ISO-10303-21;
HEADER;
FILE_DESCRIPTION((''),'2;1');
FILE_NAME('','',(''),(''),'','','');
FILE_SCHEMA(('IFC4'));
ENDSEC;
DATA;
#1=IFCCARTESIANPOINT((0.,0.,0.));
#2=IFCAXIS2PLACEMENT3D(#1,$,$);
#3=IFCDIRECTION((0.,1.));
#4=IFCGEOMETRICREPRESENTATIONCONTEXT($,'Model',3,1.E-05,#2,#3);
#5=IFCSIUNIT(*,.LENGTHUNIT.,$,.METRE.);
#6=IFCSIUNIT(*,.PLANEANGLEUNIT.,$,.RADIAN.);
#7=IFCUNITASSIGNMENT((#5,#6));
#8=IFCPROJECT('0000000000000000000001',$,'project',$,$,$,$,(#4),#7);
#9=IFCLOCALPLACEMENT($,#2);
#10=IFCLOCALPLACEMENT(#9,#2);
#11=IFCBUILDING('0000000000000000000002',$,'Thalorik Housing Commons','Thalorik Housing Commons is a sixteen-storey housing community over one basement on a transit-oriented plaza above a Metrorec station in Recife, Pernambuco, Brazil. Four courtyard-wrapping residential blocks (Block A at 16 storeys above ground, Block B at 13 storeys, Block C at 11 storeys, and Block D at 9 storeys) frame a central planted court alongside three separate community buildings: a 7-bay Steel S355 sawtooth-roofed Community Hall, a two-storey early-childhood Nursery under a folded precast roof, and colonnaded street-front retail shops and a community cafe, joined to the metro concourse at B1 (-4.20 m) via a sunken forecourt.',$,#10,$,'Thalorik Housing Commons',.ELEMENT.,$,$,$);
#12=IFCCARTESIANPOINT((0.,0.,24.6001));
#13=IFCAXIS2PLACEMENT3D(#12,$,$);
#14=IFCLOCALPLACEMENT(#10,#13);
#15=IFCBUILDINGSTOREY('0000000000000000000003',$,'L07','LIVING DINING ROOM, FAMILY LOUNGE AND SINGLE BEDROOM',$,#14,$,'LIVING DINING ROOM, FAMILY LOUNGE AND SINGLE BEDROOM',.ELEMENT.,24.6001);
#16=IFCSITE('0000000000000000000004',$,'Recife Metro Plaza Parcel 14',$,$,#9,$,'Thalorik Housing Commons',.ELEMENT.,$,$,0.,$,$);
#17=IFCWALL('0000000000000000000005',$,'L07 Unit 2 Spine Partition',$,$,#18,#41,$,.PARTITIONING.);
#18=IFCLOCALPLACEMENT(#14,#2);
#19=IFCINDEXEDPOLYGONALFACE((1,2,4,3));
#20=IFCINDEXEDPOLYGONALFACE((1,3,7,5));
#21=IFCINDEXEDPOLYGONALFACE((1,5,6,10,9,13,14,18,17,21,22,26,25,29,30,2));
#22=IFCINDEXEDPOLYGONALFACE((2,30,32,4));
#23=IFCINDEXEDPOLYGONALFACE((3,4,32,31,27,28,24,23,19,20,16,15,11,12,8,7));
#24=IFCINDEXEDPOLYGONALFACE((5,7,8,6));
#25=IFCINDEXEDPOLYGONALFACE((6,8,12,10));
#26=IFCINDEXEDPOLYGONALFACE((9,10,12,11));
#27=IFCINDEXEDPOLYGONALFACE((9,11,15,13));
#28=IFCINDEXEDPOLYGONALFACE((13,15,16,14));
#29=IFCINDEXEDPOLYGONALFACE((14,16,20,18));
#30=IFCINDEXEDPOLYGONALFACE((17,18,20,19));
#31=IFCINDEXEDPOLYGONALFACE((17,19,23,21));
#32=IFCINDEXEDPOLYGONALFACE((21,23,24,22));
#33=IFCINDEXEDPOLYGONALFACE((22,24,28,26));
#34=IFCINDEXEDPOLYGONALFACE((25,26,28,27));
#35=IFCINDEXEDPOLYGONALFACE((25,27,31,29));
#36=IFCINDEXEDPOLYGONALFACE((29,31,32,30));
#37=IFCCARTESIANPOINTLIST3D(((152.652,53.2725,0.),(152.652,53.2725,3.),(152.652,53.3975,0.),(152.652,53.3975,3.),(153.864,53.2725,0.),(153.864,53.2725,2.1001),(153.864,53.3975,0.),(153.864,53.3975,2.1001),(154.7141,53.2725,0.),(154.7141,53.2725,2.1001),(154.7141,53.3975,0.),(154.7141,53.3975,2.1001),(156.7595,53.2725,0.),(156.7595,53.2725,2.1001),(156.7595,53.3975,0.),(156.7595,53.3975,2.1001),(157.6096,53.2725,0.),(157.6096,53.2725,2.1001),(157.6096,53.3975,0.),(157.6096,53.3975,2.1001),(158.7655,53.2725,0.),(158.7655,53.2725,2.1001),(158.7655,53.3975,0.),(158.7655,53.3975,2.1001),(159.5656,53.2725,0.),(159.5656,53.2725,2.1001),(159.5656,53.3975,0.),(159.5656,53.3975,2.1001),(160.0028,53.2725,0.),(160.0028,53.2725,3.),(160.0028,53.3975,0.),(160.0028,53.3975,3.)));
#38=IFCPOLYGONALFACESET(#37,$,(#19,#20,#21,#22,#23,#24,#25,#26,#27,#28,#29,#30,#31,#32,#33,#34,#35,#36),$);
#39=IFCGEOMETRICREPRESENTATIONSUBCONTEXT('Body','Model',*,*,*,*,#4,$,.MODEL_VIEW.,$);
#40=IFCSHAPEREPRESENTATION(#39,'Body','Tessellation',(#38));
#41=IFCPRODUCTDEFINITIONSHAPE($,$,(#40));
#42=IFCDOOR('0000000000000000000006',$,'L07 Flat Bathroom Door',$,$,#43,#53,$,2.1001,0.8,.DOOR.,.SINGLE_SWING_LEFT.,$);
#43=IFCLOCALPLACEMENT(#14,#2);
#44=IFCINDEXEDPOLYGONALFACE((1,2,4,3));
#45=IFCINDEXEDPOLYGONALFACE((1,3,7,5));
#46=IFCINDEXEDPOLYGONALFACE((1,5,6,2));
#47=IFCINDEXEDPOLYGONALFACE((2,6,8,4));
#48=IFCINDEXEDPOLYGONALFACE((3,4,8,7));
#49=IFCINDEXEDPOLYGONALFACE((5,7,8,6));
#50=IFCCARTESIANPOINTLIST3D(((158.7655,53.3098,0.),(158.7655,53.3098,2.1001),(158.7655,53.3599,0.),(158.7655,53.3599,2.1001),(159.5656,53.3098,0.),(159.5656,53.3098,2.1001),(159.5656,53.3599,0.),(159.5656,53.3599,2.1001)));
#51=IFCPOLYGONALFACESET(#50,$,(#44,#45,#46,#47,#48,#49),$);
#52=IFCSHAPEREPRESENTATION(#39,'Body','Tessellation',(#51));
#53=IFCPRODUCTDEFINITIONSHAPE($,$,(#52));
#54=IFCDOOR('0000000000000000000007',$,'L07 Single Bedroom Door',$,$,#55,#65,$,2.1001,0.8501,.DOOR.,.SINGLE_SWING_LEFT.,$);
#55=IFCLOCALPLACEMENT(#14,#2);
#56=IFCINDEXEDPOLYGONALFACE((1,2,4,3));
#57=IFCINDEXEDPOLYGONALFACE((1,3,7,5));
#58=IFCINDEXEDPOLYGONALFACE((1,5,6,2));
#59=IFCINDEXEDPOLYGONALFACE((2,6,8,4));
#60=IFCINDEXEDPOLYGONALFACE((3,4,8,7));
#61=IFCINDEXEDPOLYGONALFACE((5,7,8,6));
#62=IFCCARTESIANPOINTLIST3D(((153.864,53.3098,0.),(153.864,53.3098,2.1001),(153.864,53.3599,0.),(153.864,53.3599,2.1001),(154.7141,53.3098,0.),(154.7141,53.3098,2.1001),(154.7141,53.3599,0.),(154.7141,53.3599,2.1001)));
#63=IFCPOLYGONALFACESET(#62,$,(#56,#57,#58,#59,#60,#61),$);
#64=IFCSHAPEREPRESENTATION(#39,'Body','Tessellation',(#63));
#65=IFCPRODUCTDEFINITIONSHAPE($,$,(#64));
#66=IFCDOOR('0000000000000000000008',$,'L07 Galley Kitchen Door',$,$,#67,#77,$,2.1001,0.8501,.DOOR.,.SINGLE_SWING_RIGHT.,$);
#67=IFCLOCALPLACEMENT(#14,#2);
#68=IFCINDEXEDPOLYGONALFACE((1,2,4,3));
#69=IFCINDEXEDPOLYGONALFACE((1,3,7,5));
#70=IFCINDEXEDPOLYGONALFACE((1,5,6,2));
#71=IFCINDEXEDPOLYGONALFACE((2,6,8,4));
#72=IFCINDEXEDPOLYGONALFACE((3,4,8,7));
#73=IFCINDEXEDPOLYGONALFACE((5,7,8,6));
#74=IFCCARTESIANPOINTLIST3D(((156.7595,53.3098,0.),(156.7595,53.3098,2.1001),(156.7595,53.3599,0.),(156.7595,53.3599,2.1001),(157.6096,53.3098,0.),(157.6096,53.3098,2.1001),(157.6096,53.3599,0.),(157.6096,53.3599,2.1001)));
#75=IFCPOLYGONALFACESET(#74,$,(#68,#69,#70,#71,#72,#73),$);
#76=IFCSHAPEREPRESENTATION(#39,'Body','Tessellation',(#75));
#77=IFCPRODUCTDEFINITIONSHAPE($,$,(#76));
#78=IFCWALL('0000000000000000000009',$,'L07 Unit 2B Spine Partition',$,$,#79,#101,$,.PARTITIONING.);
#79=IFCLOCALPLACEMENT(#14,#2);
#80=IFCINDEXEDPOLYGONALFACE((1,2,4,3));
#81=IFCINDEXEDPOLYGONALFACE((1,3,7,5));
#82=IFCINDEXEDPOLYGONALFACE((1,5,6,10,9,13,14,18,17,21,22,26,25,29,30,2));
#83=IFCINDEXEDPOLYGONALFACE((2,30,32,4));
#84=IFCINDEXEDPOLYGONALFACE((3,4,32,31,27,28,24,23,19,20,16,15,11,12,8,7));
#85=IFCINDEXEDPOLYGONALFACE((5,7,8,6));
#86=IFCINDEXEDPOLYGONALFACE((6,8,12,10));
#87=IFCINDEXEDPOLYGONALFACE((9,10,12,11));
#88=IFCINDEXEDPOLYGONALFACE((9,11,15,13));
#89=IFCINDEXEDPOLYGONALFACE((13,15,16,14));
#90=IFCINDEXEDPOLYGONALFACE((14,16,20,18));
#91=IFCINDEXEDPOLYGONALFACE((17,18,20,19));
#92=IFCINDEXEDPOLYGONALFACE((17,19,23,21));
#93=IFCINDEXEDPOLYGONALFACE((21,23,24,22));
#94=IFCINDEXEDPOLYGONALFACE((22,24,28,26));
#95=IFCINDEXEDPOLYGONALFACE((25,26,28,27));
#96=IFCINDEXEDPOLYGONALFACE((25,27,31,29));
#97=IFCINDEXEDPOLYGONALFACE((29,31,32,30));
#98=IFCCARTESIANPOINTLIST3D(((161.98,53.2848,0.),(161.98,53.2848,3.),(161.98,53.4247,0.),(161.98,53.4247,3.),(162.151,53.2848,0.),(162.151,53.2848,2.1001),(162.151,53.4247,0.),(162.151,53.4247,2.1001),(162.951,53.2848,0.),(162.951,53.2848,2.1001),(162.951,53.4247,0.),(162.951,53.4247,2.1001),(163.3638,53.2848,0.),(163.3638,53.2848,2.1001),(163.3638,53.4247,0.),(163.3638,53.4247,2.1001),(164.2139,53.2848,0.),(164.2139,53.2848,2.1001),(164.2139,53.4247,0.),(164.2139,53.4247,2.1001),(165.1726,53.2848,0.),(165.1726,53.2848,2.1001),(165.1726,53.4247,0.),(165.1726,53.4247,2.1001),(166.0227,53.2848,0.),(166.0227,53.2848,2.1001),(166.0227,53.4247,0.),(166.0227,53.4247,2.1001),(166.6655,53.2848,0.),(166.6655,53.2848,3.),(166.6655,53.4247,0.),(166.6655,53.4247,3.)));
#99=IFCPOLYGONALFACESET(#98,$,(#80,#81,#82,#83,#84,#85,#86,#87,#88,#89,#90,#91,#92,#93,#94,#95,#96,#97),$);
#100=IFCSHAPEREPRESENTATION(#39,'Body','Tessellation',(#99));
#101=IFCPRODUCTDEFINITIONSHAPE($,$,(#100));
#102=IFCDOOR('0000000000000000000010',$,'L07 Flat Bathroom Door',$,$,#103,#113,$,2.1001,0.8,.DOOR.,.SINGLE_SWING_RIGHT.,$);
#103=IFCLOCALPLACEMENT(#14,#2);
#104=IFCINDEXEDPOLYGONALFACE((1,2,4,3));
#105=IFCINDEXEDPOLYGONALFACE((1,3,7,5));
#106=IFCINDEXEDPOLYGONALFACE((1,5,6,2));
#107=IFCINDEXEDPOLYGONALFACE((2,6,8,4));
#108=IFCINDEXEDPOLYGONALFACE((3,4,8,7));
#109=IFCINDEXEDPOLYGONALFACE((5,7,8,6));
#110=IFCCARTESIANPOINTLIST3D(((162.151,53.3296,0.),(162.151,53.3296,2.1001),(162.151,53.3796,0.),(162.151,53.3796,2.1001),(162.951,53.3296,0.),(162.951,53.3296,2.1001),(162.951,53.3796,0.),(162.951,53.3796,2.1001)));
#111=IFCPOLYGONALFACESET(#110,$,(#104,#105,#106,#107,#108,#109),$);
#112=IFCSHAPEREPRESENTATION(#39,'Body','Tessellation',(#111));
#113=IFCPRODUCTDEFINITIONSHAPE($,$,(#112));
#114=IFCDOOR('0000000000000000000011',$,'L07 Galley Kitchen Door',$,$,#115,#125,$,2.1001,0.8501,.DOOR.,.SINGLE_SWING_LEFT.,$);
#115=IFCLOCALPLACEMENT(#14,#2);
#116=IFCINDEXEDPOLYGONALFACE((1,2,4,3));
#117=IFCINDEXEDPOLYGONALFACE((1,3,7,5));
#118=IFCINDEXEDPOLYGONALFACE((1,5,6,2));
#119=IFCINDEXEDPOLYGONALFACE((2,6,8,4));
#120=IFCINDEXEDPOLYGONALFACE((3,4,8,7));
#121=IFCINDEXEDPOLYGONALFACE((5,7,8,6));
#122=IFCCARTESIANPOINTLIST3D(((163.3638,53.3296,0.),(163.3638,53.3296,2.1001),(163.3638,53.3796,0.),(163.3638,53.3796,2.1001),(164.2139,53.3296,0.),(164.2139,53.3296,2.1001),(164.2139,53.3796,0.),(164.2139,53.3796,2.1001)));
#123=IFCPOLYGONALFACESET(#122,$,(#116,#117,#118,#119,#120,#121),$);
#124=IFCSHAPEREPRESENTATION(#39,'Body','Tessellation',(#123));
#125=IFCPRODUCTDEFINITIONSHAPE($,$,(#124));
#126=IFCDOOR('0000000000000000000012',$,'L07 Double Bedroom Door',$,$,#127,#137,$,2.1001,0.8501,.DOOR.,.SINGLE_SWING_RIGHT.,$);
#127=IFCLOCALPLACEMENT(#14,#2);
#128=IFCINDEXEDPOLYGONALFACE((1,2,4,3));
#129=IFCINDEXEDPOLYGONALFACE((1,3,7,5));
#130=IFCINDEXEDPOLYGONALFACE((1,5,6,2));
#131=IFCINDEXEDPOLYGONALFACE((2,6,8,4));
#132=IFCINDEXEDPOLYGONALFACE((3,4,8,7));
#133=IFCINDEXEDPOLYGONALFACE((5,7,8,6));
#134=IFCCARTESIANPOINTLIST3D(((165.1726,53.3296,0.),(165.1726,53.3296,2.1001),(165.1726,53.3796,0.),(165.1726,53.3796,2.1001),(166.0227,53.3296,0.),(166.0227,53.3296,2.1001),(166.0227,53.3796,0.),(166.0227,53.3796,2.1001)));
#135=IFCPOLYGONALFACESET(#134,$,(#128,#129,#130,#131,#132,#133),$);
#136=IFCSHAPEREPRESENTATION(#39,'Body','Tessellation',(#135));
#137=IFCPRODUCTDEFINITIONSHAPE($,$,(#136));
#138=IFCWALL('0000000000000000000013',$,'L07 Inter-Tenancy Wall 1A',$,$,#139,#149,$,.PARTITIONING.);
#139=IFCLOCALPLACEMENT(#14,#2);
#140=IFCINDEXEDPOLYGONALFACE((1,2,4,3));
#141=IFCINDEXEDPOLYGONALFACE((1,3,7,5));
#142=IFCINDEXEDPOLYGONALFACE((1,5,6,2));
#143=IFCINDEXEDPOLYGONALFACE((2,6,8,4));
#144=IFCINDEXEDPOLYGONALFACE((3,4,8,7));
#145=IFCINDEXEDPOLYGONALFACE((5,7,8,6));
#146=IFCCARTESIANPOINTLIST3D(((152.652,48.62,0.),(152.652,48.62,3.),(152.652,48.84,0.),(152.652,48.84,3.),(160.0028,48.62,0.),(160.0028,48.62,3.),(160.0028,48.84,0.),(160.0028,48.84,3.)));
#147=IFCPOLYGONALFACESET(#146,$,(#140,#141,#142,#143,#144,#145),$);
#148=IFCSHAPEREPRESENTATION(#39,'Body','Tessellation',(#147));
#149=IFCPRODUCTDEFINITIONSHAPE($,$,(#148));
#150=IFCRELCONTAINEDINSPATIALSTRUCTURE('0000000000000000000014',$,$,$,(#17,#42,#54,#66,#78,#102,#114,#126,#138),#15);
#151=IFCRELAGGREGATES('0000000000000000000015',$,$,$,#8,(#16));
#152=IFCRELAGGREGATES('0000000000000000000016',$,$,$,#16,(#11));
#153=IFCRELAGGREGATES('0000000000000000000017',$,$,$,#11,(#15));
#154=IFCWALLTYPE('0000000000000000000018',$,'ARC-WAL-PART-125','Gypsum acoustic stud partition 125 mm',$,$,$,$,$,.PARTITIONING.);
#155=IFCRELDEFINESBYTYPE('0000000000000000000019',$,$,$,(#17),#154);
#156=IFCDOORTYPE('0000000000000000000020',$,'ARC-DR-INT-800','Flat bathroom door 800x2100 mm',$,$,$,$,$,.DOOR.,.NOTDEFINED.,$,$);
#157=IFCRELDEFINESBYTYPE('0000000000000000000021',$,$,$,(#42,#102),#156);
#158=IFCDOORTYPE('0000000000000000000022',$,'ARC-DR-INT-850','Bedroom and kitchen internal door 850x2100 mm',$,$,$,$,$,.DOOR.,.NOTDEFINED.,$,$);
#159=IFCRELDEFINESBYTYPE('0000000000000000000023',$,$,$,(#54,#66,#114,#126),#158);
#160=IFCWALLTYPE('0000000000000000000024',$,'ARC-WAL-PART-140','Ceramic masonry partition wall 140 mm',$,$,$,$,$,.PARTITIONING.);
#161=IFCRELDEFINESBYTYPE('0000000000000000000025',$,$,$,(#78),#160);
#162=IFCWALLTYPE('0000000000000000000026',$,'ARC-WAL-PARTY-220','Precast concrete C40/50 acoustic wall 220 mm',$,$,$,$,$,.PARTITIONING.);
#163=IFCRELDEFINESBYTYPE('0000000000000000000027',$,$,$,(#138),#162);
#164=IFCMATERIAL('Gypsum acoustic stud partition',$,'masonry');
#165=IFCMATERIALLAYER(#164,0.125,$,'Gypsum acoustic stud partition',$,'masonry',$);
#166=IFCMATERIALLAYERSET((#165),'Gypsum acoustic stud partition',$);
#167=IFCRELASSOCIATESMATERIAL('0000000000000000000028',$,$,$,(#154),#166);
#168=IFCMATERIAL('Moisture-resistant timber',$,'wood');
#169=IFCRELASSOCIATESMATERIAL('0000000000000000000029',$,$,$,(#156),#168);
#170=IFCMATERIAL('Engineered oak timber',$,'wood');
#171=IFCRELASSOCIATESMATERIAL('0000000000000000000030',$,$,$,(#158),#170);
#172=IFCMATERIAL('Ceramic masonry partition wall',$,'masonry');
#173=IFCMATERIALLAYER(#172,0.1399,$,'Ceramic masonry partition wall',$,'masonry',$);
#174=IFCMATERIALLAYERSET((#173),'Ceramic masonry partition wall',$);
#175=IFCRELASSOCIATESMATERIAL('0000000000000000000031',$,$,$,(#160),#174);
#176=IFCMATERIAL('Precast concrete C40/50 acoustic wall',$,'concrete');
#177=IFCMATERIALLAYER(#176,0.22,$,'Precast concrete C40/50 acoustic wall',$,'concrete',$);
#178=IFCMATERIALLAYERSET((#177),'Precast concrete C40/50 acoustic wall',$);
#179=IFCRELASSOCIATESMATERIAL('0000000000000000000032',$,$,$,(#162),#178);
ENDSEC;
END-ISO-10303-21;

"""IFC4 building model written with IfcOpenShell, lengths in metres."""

from ifc_helpers import new_model, si_unit, direction, frame, frame_2d, origin, place, context, subcontext, project, spatial, rectangle, extrude, material, layer, layer_set, type_object, element, fill, save


model = new_model("IFC4")

# Units and contexts
model_context = context("Model", 3, precision=1e-05, world=origin(), true_north=direction((0.0, 1.0)))
body_context = subcontext(model_context, "Body", "Model", "MODEL_VIEW")
ifc_project = project(units=[si_unit("LENGTHUNIT", "METRE"), si_unit("PLANEANGLEUNIT", "RADIAN")], contexts=[model_context])

# Site, building, storey
site_placement = place(None, origin())
site = spatial("IfcSite", under=ifc_project, at=site_placement, Name="Recife Metro Plaza Parcel 14", LongName="Thalorik Housing Commons", CompositionType="ELEMENT", RefElevation=0.0)
building_placement = place(site_placement, origin())
building = spatial("IfcBuilding", under=site, at=building_placement, Name="Thalorik Housing Commons", Description="Thalorik Housing Commons is a sixteen-storey housing community over one basement on a transit-oriented plaza above a Metrorec station in Recife, Pernambuco, Brazil. Four courtyard-wrapping residential blocks (Block A at 16 storeys above ground, Block B at 13 storeys, Block C at 11 storeys, and Block D at 9 storeys) frame a central planted court alongside three separate community buildings: a 7-bay Steel S355 sawtooth-roofed Community Hall, a two-storey early-childhood Nursery under a folded precast roof, and colonnaded street-front retail shops and a community cafe, joined to the metro concourse at B1 (-4.20 m) via a sunken forecourt.", LongName="Thalorik Housing Commons", CompositionType="ELEMENT")
storey_placement = place(building_placement, frame((0.0, 0.0, 24.6001)))
storey = spatial("IfcBuildingStorey", under=building, at=storey_placement, Name="L07", Description="LIVING DINING ROOM, FAMILY LOUNGE AND SINGLE BEDROOM", LongName="LIVING DINING ROOM, FAMILY LOUNGE AND SINGLE BEDROOM", CompositionType="ELEMENT", Elevation=24.6001)

# Walls, openings, doors
ifc_material_1 = material(Name="Gypsum acoustic stud partition", Category="masonry")
ifc_layer_1 = layer(ifc_material_1, 0.125, Name="Gypsum acoustic stud partition", Category="masonry")
ifc_layer_set_1 = layer_set([ifc_layer_1], Name="Gypsum acoustic stud partition")
wall_type_1 = type_object("IfcWallType", Name="ARC-WAL-PART-125", Description="Gypsum acoustic stud partition 125 mm", PredefinedType="PARTITIONING", material=ifc_layer_set_1)
wall_1_placement = place(storey_placement, frame((152.6521, 53.335, 0.0), z_axis=(0.0, 0.0, 1.0), x_axis=(1.0, 0.0, 0.0)))
wall_1 = element("IfcWall", 1, at=wall_1_placement, inside=storey, type_object=wall_type_1, Name="L07 Unit 2 Spine Partition", PredefinedType="PARTITIONING", context=body_context, shape_type="SweptSolid", body=[
    extrude(rectangle(XDim=7.3508, YDim=0.125, at=frame_2d((3.6753, 0.0))), origin(), (0.0, 0.0, 1.0), 3.0),
])
opening_1_placement = place(wall_1_placement, frame((1.2119, 0.0, 0.0)))
opening_1 = element("IfcOpeningElement", 2, at=opening_1_placement, cuts=wall_1, PredefinedType="OPENING", context=body_context, shape_type="SweptSolid", body=[
    extrude(rectangle(XDim=0.8501, YDim=2.1001, at=frame_2d((0.425, 1.05))), frame((0.0, 0.0725, 0.0), z_axis=(0.0, -1.0, 0.0), x_axis=(1.0, 0.0, 0.0)), (0.0, 0.0, 1.0), 0.145),
])
opening_2_placement = place(wall_1_placement, frame((4.1074, 0.0, 0.0)))
opening_2 = element("IfcOpeningElement", 3, at=opening_2_placement, cuts=wall_1, PredefinedType="OPENING", context=body_context, shape_type="SweptSolid", body=[
    extrude(rectangle(XDim=0.8501, YDim=2.1001, at=frame_2d((0.425, 1.05))), frame((0.0, 0.0725, 0.0), z_axis=(0.0, -1.0, 0.0), x_axis=(1.0, 0.0, 0.0)), (0.0, 0.0, 1.0), 0.145),
])
opening_3_placement = place(wall_1_placement, frame((6.1135, 0.0, 0.0)))
opening_3 = element("IfcOpeningElement", 4, at=opening_3_placement, cuts=wall_1, PredefinedType="OPENING", context=body_context, shape_type="SweptSolid", body=[
    extrude(rectangle(XDim=0.8, YDim=2.1001, at=frame_2d((0.3999, 1.05))), frame((0.0, 0.0725, 0.0), z_axis=(0.0, -1.0, 0.0), x_axis=(1.0, 0.0, 0.0)), (0.0, 0.0, 1.0), 0.145),
])
ifc_material_2 = material(Name="Moisture-resistant timber", Category="wood")
door_type_1 = type_object("IfcDoorType", Name="ARC-DR-INT-800", Description="Flat bathroom door 800x2100 mm", OperationType="NOTDEFINED", PredefinedType="DOOR", material=ifc_material_2)
door_1_placement = place(opening_3_placement, origin())
door_1 = element("IfcDoor", 5, at=door_1_placement, inside=storey, type_object=door_type_1, Name="L07 Flat Bathroom Door", OperationType="SINGLE_SWING_LEFT", OverallHeight=2.1001, OverallWidth=0.8, PredefinedType="DOOR", context=body_context, shape_type="SweptSolid", body=[
    extrude(rectangle(XDim=0.8, YDim=2.1001, at=frame_2d((0.3999, 1.05))), frame((0.0, 0.0249, 0.0), z_axis=(0.0, -1.0, 0.0), x_axis=(1.0, 0.0, 0.0)), (0.0, 0.0, 1.0), 0.05),
])
fill(opening_3, door_1)
ifc_material_3 = material(Name="Engineered oak timber", Category="wood")
door_type_2 = type_object("IfcDoorType", Name="ARC-DR-INT-850", Description="Bedroom and kitchen internal door 850x2100 mm", OperationType="NOTDEFINED", PredefinedType="DOOR", material=ifc_material_3)
door_2_placement = place(opening_1_placement, origin())
door_2 = element("IfcDoor", 6, at=door_2_placement, inside=storey, type_object=door_type_2, Name="L07 Single Bedroom Door", OperationType="SINGLE_SWING_LEFT", OverallHeight=2.1001, OverallWidth=0.8501, PredefinedType="DOOR", context=body_context, shape_type="SweptSolid", body=[
    extrude(rectangle(XDim=0.8501, YDim=2.1001, at=frame_2d((0.425, 1.05))), frame((0.0, 0.0249, 0.0), z_axis=(0.0, -1.0, 0.0), x_axis=(1.0, 0.0, 0.0)), (0.0, 0.0, 1.0), 0.05),
])
fill(opening_1, door_2)
door_3_placement = place(opening_2_placement, origin())
door_3 = element("IfcDoor", 7, at=door_3_placement, inside=storey, type_object=door_type_2, Name="L07 Galley Kitchen Door", OperationType="SINGLE_SWING_RIGHT", OverallHeight=2.1001, OverallWidth=0.8501, PredefinedType="DOOR", context=body_context, shape_type="SweptSolid", body=[
    extrude(rectangle(XDim=0.8501, YDim=2.1001, at=frame_2d((0.425, 1.05))), frame((0.0, 0.0249, 0.0), z_axis=(0.0, -1.0, 0.0), x_axis=(1.0, 0.0, 0.0)), (0.0, 0.0, 1.0), 0.05),
])
fill(opening_2, door_3)
ifc_material_4 = material(Name="Ceramic masonry partition wall", Category="masonry")
ifc_layer_2 = layer(ifc_material_4, 0.1399, Name="Ceramic masonry partition wall", Category="masonry")
ifc_layer_set_2 = layer_set([ifc_layer_2], Name="Ceramic masonry partition wall")
wall_type_2 = type_object("IfcWallType", Name="ARC-WAL-PART-140", Description="Ceramic masonry partition wall 140 mm", PredefinedType="PARTITIONING", material=ifc_layer_set_2)
wall_2_placement = place(storey_placement, frame((161.98, 53.3547, 0.0), z_axis=(0.0, 0.0, 1.0), x_axis=(1.0, 0.0, 0.0)))
wall_2 = element("IfcWall", 8, at=wall_2_placement, inside=storey, type_object=wall_type_2, Name="L07 Unit 2B Spine Partition", PredefinedType="PARTITIONING", context=body_context, shape_type="SweptSolid", body=[
    extrude(rectangle(XDim=4.6855, YDim=0.1399, at=frame_2d((2.3428, 0.0))), origin(), (0.0, 0.0, 1.0), 3.0),
])
opening_4_placement = place(wall_2_placement, frame((0.1711, 0.0, 0.0)))
opening_4 = element("IfcOpeningElement", 9, at=opening_4_placement, cuts=wall_2, PredefinedType="OPENING", context=body_context, shape_type="SweptSolid", body=[
    extrude(rectangle(XDim=0.8, YDim=2.1001, at=frame_2d((0.3999, 1.05))), frame((0.0, 0.0801, 0.0), z_axis=(0.0, -1.0, 0.0), x_axis=(1.0, 0.0, 0.0)), (0.0, 0.0, 1.0), 0.1599),
])
opening_5_placement = place(wall_2_placement, frame((1.3838, 0.0, 0.0)))
opening_5 = element("IfcOpeningElement", 10, at=opening_5_placement, cuts=wall_2, PredefinedType="OPENING", context=body_context, shape_type="SweptSolid", body=[
    extrude(rectangle(XDim=0.8501, YDim=2.1001, at=frame_2d((0.425, 1.05))), frame((0.0, 0.0801, 0.0), z_axis=(0.0, -1.0, 0.0), x_axis=(1.0, 0.0, 0.0)), (0.0, 0.0, 1.0), 0.1599),
])
opening_6_placement = place(wall_2_placement, frame((3.1926, 0.0, 0.0)))
opening_6 = element("IfcOpeningElement", 11, at=opening_6_placement, cuts=wall_2, PredefinedType="OPENING", context=body_context, shape_type="SweptSolid", body=[
    extrude(rectangle(XDim=0.8501, YDim=2.1001, at=frame_2d((0.425, 1.05))), frame((0.0, 0.0801, 0.0), z_axis=(0.0, -1.0, 0.0), x_axis=(1.0, 0.0, 0.0)), (0.0, 0.0, 1.0), 0.1599),
])
door_4_placement = place(opening_4_placement, origin())
door_4 = element("IfcDoor", 12, at=door_4_placement, inside=storey, type_object=door_type_1, Name="L07 Flat Bathroom Door", OperationType="SINGLE_SWING_RIGHT", OverallHeight=2.1001, OverallWidth=0.8, PredefinedType="DOOR", context=body_context, shape_type="SweptSolid", body=[
    extrude(rectangle(XDim=0.8, YDim=2.1001, at=frame_2d((0.3999, 1.05))), frame((0.0, 0.0249, 0.0), z_axis=(0.0, -1.0, 0.0), x_axis=(1.0, 0.0, 0.0)), (0.0, 0.0, 1.0), 0.05),
])
fill(opening_4, door_4)
door_5_placement = place(opening_5_placement, origin())
door_5 = element("IfcDoor", 13, at=door_5_placement, inside=storey, type_object=door_type_2, Name="L07 Galley Kitchen Door", OperationType="SINGLE_SWING_LEFT", OverallHeight=2.1001, OverallWidth=0.8501, PredefinedType="DOOR", context=body_context, shape_type="SweptSolid", body=[
    extrude(rectangle(XDim=0.8501, YDim=2.1001, at=frame_2d((0.425, 1.05))), frame((0.0, 0.0249, 0.0), z_axis=(0.0, -1.0, 0.0), x_axis=(1.0, 0.0, 0.0)), (0.0, 0.0, 1.0), 0.05),
])
fill(opening_5, door_5)
door_6_placement = place(opening_6_placement, origin())
door_6 = element("IfcDoor", 14, at=door_6_placement, inside=storey, type_object=door_type_2, Name="L07 Double Bedroom Door", OperationType="SINGLE_SWING_RIGHT", OverallHeight=2.1001, OverallWidth=0.8501, PredefinedType="DOOR", context=body_context, shape_type="SweptSolid", body=[
    extrude(rectangle(XDim=0.8501, YDim=2.1001, at=frame_2d((0.425, 1.05))), frame((0.0, 0.0249, 0.0), z_axis=(0.0, -1.0, 0.0), x_axis=(1.0, 0.0, 0.0)), (0.0, 0.0, 1.0), 0.05),
])
fill(opening_6, door_6)

# Wall
ifc_material_5 = material(Name="Precast concrete C40/50 acoustic wall", Category="concrete")
ifc_layer_3 = layer(ifc_material_5, 0.22, Name="Precast concrete C40/50 acoustic wall", Category="concrete")
ifc_layer_set_3 = layer_set([ifc_layer_3], Name="Precast concrete C40/50 acoustic wall")
wall_type_3 = type_object("IfcWallType", Name="ARC-WAL-PARTY-220", Description="Precast concrete C40/50 acoustic wall 220 mm", PredefinedType="PARTITIONING", material=ifc_layer_set_3)
wall_3_placement = place(storey_placement, frame((152.6521, 48.73, 0.0), z_axis=(0.0, 0.0, 1.0), x_axis=(1.0, 0.0, 0.0)))
element("IfcWall", 15, at=wall_3_placement, inside=storey, type_object=wall_type_3, Name="L07 Inter-Tenancy Wall 1A", PredefinedType="PARTITIONING", context=body_context, shape_type="SweptSolid", body=[
    extrude(rectangle(XDim=7.3508, YDim=0.22, at=frame_2d((3.6753, 0.0))), origin(), (0.0, 0.0, 1.0), 3.0),
])

save(model, "model.ifc")
